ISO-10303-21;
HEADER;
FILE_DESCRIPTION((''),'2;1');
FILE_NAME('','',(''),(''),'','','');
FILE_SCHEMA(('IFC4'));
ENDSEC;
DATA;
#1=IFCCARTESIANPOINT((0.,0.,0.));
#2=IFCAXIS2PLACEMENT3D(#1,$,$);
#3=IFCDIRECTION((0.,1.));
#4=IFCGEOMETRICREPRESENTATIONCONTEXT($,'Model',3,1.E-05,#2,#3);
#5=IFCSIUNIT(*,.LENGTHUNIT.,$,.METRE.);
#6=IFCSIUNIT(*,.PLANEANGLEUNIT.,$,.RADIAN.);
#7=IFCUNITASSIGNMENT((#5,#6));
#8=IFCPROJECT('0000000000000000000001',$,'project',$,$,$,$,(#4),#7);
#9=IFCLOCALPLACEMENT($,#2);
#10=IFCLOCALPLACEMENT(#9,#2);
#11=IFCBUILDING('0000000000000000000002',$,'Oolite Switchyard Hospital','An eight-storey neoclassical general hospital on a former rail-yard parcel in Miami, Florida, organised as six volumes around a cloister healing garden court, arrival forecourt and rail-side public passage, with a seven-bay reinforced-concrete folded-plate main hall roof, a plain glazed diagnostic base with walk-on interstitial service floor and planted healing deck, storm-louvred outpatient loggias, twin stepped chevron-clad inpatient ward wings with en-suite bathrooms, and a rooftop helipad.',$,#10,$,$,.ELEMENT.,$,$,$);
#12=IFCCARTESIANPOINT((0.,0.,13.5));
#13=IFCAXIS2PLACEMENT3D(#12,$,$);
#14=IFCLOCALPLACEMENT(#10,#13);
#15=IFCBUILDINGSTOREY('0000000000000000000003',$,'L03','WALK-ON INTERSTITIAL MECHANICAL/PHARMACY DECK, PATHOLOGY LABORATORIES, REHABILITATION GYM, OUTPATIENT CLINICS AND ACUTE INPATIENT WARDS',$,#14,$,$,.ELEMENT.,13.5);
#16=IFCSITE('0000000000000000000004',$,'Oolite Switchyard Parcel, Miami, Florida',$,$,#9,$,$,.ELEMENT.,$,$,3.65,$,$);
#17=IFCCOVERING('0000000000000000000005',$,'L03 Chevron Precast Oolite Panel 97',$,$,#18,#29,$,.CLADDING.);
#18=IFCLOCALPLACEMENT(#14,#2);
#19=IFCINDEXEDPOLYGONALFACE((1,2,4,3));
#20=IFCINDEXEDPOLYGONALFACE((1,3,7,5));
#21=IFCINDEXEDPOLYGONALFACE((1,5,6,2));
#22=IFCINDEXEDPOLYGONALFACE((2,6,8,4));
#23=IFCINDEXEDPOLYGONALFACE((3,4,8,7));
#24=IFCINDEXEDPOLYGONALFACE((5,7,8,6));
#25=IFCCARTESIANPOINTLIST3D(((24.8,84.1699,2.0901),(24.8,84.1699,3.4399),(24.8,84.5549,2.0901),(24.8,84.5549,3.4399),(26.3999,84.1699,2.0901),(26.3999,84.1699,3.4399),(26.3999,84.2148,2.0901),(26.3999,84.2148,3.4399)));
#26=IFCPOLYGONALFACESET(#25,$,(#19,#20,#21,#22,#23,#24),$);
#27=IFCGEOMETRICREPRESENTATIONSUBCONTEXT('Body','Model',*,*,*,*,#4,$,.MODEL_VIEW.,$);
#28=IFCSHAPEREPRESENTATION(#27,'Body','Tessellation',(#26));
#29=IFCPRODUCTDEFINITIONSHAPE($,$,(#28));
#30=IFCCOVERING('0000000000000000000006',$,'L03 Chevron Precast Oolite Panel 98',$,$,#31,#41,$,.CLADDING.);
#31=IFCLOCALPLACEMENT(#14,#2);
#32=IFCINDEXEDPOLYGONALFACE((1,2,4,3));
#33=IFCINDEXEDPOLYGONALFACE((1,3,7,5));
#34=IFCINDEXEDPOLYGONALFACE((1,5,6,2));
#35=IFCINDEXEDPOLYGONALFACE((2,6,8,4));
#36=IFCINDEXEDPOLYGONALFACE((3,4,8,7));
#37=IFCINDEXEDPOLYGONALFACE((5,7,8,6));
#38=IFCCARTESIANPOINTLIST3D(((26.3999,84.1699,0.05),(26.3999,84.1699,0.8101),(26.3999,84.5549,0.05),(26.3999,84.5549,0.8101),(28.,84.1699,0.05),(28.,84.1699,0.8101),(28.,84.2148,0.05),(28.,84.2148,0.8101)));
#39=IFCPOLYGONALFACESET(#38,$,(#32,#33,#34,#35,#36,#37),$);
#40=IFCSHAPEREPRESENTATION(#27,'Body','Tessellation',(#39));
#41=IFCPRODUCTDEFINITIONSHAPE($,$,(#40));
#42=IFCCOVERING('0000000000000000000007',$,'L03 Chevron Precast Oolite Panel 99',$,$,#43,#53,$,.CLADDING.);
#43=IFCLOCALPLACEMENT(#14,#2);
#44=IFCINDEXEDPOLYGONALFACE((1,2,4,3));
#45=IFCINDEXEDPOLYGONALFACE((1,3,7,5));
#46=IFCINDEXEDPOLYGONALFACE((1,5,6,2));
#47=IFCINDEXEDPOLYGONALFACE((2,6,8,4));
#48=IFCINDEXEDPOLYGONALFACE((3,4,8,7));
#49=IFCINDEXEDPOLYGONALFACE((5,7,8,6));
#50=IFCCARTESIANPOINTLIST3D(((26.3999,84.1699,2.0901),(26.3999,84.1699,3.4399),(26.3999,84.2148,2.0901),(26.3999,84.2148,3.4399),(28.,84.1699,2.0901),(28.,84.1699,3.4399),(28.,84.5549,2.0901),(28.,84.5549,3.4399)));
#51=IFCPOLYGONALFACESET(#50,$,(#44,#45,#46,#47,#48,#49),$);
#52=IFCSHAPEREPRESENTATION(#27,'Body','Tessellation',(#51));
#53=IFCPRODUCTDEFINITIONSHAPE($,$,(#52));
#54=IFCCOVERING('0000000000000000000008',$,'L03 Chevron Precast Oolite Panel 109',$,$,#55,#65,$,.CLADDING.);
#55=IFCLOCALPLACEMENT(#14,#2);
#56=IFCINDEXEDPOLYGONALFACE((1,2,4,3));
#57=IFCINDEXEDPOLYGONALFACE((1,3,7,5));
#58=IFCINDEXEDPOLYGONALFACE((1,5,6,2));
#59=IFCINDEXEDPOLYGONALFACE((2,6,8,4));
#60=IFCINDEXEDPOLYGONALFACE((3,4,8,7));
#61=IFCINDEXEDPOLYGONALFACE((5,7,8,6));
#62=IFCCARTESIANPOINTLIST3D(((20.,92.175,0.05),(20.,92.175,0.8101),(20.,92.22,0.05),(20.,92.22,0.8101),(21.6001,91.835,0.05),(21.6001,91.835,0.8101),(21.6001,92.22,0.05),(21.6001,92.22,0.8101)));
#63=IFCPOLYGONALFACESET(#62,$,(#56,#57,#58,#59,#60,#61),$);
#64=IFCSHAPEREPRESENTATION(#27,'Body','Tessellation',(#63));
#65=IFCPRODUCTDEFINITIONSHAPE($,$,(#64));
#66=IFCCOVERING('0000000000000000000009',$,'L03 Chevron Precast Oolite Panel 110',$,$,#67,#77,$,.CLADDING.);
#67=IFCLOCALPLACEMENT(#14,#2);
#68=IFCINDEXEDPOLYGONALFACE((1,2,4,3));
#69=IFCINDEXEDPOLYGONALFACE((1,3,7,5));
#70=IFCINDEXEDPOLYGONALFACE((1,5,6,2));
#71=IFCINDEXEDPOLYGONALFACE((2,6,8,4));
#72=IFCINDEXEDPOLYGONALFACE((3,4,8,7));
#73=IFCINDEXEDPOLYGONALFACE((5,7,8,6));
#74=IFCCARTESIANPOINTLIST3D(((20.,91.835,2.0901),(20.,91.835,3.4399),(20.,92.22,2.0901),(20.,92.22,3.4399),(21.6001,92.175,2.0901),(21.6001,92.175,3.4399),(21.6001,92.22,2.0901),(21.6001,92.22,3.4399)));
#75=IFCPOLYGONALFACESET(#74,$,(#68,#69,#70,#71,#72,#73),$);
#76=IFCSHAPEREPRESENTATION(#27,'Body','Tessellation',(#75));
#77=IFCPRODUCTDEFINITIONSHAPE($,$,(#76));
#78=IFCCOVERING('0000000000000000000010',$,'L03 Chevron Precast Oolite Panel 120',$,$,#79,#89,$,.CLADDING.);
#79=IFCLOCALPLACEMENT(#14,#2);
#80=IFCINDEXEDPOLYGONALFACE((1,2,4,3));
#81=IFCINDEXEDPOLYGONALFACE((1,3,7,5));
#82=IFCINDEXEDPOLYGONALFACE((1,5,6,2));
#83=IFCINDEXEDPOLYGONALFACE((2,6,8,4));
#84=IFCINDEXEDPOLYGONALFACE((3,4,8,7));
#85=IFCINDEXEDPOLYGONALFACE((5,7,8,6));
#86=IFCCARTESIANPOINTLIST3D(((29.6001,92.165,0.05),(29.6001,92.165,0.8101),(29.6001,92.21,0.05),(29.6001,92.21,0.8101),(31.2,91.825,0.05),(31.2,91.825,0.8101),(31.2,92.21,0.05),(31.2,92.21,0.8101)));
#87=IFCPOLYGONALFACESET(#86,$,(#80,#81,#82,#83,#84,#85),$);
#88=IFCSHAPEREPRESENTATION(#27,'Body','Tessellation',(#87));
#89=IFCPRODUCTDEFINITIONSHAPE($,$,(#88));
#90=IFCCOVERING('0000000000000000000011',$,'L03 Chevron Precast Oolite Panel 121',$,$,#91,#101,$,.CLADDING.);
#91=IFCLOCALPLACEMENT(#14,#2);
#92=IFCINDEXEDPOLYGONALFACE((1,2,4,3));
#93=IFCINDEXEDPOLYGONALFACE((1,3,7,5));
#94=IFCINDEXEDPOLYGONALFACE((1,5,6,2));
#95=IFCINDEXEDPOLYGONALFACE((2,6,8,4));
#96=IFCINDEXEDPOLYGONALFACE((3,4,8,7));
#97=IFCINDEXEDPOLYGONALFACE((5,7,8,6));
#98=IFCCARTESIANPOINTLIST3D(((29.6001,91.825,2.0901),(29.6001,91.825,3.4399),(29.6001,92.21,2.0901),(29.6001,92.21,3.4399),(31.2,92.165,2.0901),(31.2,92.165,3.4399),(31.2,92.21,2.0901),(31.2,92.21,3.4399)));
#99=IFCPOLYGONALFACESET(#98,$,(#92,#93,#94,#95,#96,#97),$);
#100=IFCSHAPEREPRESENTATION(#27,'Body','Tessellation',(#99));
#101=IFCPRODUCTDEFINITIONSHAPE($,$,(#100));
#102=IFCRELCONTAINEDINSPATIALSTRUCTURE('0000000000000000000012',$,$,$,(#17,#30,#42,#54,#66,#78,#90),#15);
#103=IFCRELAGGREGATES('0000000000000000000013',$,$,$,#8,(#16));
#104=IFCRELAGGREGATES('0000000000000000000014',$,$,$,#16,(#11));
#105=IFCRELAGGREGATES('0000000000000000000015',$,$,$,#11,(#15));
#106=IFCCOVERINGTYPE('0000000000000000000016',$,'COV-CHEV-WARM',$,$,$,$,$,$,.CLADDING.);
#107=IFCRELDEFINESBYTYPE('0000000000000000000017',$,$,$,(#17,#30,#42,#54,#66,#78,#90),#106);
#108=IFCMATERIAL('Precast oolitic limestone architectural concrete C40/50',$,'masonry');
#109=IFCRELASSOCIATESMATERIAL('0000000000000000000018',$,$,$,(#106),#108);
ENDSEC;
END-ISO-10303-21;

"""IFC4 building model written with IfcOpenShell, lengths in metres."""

from ifc_helpers import new_model, si_unit, direction, frame, origin, place, context, subcontext, project, spatial, polyline, outline, extrude, material, type_object, element, save


model = new_model("IFC4")

# Units and contexts
model_context = context("Model", 3, precision=1e-05, world=origin(), true_north=direction((0.0, 1.0)))
body_context = subcontext(model_context, "Body", "Model", "MODEL_VIEW")
ifc_project = project(units=[si_unit("LENGTHUNIT", "METRE"), si_unit("PLANEANGLEUNIT", "RADIAN")], contexts=[model_context])

# Site, building, storey
site_placement = place(None, origin())
site = spatial("IfcSite", under=ifc_project, at=site_placement, Name="Oolite Switchyard Parcel, Miami, Florida", CompositionType="ELEMENT", RefElevation=3.65)
building_placement = place(site_placement, origin())
building = spatial("IfcBuilding", under=site, at=building_placement, Name="Oolite Switchyard Hospital", Description="An eight-storey neoclassical general hospital on a former rail-yard parcel in Miami, Florida, organised as six volumes around a cloister healing garden court, arrival forecourt and rail-side public passage, with a seven-bay reinforced-concrete folded-plate main hall roof, a plain glazed diagnostic base with walk-on interstitial service floor and planted healing deck, storm-louvred outpatient loggias, twin stepped chevron-clad inpatient ward wings with en-suite bathrooms, and a rooftop helipad.", CompositionType="ELEMENT")
storey_placement = place(building_placement, frame((0.0, 0.0, 13.5)))
storey = spatial("IfcBuildingStorey", under=building, at=storey_placement, Name="L03", Description="WALK-ON INTERSTITIAL MECHANICAL/PHARMACY DECK, PATHOLOGY LABORATORIES, REHABILITATION GYM, OUTPATIENT CLINICS AND ACUTE INPATIENT WARDS", CompositionType="ELEMENT", Elevation=13.5)

# Shared definitions
ifc_material_1 = material(Name="Precast oolitic limestone architectural concrete C40/50", Category="masonry")

# Coverings
covering_type = type_object("IfcCoveringType", Name="COV-CHEV-WARM", PredefinedType="CLADDING", material=ifc_material_1)
covering_1_placement = place(storey_placement, frame((24.8, 84.1699, 2.0901), z_axis=(0.0, 0.0, 1.0), x_axis=(1.0, 0.0, 0.0)))
element("IfcCovering", 1, at=covering_1_placement, inside=storey, type_object=covering_type, Name="L03 Chevron Precast Oolite Panel 97", PredefinedType="CLADDING", context=body_context, shape_type="SweptSolid", body=[
    extrude(outline(polyline([(0.0, 0.0), (1.5999, 0.0), (1.5999, 0.0449), (0.0, 0.385), (0.0, 0.0)])), origin(), (0.0, 0.0, 1.0), 1.3499),
])
covering_2_placement = place(storey_placement, frame((26.3999, 84.1699, 0.05), z_axis=(0.0, 0.0, 1.0), x_axis=(1.0, 0.0, 0.0)))
element("IfcCovering", 2, at=covering_2_placement, inside=storey, type_object=covering_type, Name="L03 Chevron Precast Oolite Panel 98", PredefinedType="CLADDING", context=body_context, shape_type="SweptSolid", body=[
    extrude(outline(polyline([(0.0, 0.0), (1.6001, 0.0), (1.6001, 0.0449), (0.0, 0.385), (0.0, 0.0)])), origin(), (0.0, 0.0, 1.0), 0.76),
])
covering_3_placement = place(storey_placement, frame((26.3999, 84.1699, 2.0901), z_axis=(0.0, 0.0, 1.0), x_axis=(1.0, 0.0, 0.0)))
element("IfcCovering", 3, at=covering_3_placement, inside=storey, type_object=covering_type, Name="L03 Chevron Precast Oolite Panel 99", PredefinedType="CLADDING", context=body_context, shape_type="SweptSolid", body=[
    extrude(outline(polyline([(0.0, 0.0), (1.6001, 0.0), (1.6001, 0.385), (0.0, 0.0449), (0.0, 0.0)])), origin(), (0.0, 0.0, 1.0), 1.3499),
])
covering_4_placement = place(storey_placement, frame((21.6001, 92.22, 0.05), z_axis=(0.0, 0.0, 1.0), x_axis=(-1.0, 0.0, 0.0)))
element("IfcCovering", 4, at=covering_4_placement, inside=storey, type_object=covering_type, Name="L03 Chevron Precast Oolite Panel 109", PredefinedType="CLADDING", context=body_context, shape_type="SweptSolid", body=[
    extrude(outline(polyline([(0.0, 0.0), (1.6001, 0.0), (1.6001, 0.0449), (0.0, 0.385), (0.0, 0.0)])), origin(), (0.0, 0.0, 1.0), 0.76),
])
covering_5_placement = place(storey_placement, frame((21.6001, 92.22, 2.0901), z_axis=(0.0, 0.0, 1.0), x_axis=(-1.0, 0.0, 0.0)))
element("IfcCovering", 5, at=covering_5_placement, inside=storey, type_object=covering_type, Name="L03 Chevron Precast Oolite Panel 110", PredefinedType="CLADDING", context=body_context, shape_type="SweptSolid", body=[
    extrude(outline(polyline([(0.0, 0.0), (1.6001, 0.0), (1.6001, 0.385), (0.0, 0.0449), (0.0, 0.0)])), origin(), (0.0, 0.0, 1.0), 1.3499),
])
covering_6_placement = place(storey_placement, frame((31.2, 92.21, 0.05), z_axis=(0.0, 0.0, 1.0), x_axis=(-1.0, 0.0, 0.0)))
element("IfcCovering", 6, at=covering_6_placement, inside=storey, type_object=covering_type, Name="L03 Chevron Precast Oolite Panel 120", PredefinedType="CLADDING", context=body_context, shape_type="SweptSolid", body=[
    extrude(outline(polyline([(0.0, 0.0), (1.5999, 0.0), (1.5999, 0.0449), (0.0, 0.385), (0.0, 0.0)])), origin(), (0.0, 0.0, 1.0), 0.76),
])
covering_7_placement = place(storey_placement, frame((31.2, 92.21, 2.0901), z_axis=(0.0, 0.0, 1.0), x_axis=(-1.0, 0.0, 0.0)))
element("IfcCovering", 7, at=covering_7_placement, inside=storey, type_object=covering_type, Name="L03 Chevron Precast Oolite Panel 121", PredefinedType="CLADDING", context=body_context, shape_type="SweptSolid", body=[
    extrude(outline(polyline([(0.0, 0.0), (1.5999, 0.0), (1.5999, 0.385), (0.0, 0.0449), (0.0, 0.0)])), origin(), (0.0, 0.0, 1.0), 1.3499),
])

save(model, "model.ifc")
